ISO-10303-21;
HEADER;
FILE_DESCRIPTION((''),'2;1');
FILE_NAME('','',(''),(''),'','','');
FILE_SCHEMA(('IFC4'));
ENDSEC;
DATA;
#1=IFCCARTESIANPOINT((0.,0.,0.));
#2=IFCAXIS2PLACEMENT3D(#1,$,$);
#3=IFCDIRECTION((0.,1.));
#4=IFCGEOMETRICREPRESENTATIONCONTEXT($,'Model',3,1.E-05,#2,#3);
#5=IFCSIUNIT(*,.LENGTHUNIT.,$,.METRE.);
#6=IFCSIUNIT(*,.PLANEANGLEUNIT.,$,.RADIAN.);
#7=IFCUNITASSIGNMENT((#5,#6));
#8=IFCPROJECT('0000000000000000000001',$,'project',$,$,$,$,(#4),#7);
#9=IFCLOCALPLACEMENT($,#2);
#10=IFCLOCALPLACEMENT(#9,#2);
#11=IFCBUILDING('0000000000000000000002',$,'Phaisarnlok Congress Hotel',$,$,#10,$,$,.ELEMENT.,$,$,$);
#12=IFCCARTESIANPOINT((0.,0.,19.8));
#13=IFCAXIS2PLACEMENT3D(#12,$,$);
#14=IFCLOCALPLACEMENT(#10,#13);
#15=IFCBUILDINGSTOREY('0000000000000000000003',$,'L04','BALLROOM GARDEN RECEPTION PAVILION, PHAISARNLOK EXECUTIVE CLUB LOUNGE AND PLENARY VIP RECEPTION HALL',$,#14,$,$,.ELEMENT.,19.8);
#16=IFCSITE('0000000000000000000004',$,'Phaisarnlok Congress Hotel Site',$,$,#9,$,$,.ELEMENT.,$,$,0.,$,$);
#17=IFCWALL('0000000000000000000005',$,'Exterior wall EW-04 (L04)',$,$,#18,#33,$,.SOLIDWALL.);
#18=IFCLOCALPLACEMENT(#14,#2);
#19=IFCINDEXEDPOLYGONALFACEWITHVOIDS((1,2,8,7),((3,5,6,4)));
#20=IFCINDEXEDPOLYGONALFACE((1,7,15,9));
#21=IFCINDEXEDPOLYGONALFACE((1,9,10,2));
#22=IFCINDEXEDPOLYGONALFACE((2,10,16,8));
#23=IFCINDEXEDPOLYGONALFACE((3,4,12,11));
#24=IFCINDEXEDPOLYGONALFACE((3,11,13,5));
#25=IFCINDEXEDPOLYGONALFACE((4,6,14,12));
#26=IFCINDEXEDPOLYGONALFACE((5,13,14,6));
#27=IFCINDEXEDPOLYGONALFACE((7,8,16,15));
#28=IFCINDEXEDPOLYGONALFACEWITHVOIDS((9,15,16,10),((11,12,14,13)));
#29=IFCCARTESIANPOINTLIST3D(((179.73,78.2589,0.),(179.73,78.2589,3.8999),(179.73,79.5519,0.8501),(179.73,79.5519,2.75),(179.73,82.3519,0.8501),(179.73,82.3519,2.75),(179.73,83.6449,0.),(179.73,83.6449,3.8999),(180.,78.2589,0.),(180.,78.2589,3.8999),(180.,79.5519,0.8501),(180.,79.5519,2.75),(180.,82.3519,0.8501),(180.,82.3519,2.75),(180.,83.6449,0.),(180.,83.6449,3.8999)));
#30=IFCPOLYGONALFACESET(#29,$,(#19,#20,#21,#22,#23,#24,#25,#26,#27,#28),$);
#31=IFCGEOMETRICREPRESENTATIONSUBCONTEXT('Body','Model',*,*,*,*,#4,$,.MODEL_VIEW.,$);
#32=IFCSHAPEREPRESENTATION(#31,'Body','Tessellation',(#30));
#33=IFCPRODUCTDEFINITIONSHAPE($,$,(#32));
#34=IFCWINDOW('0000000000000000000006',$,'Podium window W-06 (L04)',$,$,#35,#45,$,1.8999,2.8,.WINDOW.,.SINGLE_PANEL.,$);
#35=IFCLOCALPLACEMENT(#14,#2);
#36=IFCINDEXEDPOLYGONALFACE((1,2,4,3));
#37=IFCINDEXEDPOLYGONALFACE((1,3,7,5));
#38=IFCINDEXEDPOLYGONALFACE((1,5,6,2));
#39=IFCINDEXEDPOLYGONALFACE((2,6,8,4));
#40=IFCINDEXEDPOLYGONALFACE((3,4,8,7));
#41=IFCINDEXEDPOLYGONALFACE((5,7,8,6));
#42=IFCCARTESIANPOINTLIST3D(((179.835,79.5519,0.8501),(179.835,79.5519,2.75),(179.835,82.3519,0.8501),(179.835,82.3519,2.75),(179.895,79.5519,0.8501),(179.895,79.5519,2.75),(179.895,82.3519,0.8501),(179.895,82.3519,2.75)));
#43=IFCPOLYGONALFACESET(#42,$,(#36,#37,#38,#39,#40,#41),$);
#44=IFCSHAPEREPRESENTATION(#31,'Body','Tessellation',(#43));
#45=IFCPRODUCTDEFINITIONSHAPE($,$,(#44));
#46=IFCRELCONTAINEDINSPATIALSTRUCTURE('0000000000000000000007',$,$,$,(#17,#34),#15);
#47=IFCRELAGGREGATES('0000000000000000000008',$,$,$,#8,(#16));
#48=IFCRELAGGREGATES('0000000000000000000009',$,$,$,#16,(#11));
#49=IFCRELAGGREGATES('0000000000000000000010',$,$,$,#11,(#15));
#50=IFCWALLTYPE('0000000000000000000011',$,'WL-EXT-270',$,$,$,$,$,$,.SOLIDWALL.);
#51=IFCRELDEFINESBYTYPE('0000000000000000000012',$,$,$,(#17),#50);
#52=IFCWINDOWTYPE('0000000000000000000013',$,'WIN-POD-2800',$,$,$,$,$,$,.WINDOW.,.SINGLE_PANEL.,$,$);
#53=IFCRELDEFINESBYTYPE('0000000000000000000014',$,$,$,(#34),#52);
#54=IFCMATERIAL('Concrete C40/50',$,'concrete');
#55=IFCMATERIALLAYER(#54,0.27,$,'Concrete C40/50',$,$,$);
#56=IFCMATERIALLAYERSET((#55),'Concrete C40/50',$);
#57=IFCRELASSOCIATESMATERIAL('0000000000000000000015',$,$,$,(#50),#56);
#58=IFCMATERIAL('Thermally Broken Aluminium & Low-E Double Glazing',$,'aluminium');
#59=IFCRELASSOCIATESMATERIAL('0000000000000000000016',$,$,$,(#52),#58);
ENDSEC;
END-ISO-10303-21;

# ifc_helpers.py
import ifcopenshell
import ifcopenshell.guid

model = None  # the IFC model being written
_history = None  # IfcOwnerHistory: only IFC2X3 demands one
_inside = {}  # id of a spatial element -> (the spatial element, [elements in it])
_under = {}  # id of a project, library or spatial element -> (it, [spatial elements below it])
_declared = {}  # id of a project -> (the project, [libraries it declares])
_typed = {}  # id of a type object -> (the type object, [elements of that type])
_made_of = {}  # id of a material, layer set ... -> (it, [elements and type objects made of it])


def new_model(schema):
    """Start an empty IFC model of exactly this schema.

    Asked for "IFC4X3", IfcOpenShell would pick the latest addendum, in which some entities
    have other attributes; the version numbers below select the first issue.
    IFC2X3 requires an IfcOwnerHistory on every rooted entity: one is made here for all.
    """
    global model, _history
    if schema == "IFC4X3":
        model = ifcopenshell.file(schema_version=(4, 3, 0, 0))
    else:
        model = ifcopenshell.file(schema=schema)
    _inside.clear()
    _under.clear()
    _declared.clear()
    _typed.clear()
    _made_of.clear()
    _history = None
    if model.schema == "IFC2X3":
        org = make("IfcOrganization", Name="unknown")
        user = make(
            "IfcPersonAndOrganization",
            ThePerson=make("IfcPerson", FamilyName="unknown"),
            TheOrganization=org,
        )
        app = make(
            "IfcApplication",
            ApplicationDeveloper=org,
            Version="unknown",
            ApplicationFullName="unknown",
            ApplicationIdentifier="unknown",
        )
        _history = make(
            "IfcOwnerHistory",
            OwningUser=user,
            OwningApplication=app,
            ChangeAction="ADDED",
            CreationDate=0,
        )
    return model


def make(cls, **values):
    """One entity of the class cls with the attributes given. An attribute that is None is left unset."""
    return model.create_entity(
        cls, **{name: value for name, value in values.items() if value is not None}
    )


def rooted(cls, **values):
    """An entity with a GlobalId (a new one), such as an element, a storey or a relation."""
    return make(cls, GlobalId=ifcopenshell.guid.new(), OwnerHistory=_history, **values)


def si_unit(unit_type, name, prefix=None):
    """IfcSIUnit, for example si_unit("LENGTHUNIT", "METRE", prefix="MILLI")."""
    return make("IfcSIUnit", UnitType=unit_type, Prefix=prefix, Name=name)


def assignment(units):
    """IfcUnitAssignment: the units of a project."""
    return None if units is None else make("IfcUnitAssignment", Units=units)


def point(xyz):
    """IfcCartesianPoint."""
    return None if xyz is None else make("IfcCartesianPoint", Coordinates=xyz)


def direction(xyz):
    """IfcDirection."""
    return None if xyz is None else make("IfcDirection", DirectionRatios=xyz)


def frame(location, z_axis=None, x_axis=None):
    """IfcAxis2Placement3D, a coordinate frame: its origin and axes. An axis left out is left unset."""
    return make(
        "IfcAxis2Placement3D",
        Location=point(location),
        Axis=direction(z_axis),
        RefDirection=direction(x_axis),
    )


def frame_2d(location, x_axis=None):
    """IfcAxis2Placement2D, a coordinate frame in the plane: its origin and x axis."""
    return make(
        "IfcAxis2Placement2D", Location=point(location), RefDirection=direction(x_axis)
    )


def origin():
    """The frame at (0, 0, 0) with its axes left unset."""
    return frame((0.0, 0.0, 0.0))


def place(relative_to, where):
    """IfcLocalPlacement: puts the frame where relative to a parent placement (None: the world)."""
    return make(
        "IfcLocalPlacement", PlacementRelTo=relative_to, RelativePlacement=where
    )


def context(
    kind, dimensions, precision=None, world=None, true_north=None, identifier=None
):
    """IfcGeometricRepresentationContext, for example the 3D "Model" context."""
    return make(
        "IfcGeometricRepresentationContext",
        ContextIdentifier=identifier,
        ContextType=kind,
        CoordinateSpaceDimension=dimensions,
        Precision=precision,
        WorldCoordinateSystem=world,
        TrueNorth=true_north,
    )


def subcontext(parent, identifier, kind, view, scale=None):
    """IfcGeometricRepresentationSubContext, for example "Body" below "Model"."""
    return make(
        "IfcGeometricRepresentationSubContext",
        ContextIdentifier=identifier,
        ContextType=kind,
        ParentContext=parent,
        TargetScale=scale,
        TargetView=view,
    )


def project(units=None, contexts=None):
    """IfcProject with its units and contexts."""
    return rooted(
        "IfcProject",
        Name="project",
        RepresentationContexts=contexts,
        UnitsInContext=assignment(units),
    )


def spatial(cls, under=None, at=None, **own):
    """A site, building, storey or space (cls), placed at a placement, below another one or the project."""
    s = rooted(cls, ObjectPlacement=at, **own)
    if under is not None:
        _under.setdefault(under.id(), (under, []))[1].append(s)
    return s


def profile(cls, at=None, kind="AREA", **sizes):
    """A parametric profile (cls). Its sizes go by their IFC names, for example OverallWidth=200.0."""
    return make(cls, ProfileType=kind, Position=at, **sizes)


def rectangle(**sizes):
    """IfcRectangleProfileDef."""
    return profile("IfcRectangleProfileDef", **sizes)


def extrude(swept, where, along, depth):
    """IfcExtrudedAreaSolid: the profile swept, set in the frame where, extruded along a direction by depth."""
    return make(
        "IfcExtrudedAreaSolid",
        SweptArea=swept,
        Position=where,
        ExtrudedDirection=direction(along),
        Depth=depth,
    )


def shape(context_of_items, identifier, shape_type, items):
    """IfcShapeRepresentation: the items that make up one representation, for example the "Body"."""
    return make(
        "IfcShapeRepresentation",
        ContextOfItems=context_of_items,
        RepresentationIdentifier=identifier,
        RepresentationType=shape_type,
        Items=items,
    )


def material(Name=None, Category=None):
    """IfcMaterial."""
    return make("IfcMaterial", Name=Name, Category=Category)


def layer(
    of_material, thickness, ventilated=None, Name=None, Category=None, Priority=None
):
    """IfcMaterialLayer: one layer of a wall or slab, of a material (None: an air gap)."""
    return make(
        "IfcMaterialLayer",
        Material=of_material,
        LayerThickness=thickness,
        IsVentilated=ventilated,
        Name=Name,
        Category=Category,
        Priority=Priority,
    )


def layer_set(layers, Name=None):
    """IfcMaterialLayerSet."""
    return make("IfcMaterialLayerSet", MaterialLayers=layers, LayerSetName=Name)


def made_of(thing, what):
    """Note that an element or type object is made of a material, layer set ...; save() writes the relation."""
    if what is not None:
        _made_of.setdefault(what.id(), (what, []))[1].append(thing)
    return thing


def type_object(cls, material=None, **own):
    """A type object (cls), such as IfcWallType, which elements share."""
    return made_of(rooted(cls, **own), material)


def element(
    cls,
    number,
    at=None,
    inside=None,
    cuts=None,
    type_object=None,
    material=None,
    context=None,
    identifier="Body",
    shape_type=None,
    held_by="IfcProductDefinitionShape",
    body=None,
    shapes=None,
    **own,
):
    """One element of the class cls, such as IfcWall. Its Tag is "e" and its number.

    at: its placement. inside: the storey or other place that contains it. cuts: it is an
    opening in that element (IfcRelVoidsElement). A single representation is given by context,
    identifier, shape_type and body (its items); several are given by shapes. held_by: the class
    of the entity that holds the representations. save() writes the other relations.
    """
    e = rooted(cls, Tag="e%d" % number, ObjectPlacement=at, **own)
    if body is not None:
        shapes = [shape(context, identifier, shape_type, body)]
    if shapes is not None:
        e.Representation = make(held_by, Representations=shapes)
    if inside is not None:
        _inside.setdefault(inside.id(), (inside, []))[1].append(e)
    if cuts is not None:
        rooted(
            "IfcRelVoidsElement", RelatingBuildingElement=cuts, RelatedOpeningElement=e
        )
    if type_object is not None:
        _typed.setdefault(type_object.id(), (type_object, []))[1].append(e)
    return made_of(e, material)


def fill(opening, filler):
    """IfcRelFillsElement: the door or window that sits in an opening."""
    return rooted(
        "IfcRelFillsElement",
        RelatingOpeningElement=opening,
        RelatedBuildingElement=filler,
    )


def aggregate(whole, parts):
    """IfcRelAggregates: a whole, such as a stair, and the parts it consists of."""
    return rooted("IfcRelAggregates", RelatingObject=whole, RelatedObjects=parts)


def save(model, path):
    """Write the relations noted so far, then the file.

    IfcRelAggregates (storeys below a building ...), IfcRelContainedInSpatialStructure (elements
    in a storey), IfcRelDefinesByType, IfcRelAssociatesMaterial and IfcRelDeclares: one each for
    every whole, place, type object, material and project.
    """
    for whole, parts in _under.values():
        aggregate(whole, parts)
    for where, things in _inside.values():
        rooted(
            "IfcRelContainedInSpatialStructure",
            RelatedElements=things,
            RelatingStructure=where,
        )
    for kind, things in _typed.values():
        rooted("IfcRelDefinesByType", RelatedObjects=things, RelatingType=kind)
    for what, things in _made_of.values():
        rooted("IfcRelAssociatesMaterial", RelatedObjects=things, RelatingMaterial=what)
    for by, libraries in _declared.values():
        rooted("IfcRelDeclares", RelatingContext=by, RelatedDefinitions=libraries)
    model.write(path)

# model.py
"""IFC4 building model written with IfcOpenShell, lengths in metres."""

from ifc_helpers import new_model, si_unit, direction, frame, frame_2d, origin, place, context, subcontext, project, spatial, rectangle, extrude, material, layer, layer_set, type_object, element, fill, save


model = new_model("IFC4")

# Units and contexts
model_context = context("Model", 3, precision=1e-05, world=origin(), true_north=direction((0.0, 1.0)))
body_context = subcontext(model_context, "Body", "Model", "MODEL_VIEW")
ifc_project = project(units=[si_unit("LENGTHUNIT", "METRE"), si_unit("PLANEANGLEUNIT", "RADIAN")], contexts=[model_context])

# Site, building, storey
site_placement = place(None, origin())
site = spatial("IfcSite", under=ifc_project, at=site_placement, Name="Phaisarnlok Congress Hotel Site", CompositionType="ELEMENT", RefElevation=0.0)
building_placement = place(site_placement, origin())
building = spatial("IfcBuilding", under=site, at=building_placement, Name="Phaisarnlok Congress Hotel", CompositionType="ELEMENT")
storey_placement = place(building_placement, frame((0.0, 0.0, 19.8)))
storey = spatial("IfcBuildingStorey", under=building, at=storey_placement, Name="L04", Description="BALLROOM GARDEN RECEPTION PAVILION, PHAISARNLOK EXECUTIVE CLUB LOUNGE AND PLENARY VIP RECEPTION HALL", CompositionType="ELEMENT", Elevation=19.8)

# Shared definitions
ifc_material_1 = material(Name="Concrete C40/50", Category="concrete")

# Wall, opening, window
ifc_layer_1 = layer(ifc_material_1, 0.27, Name="Concrete C40/50")
ifc_layer_set_1 = layer_set([ifc_layer_1], Name="Concrete C40/50")
wall_type = type_object("IfcWallType", Name="WL-EXT-270", PredefinedType="SOLIDWALL", material=ifc_layer_set_1)
wall_placement = place(storey_placement, frame((179.865, 78.259, 0.0), z_axis=(0.0, 0.0, 1.0), x_axis=(0.0, 1.0, 0.0)))
wall = element("IfcWall", 1, at=wall_placement, inside=storey, type_object=wall_type, Name="Exterior wall EW-04 (L04)", PredefinedType="SOLIDWALL", context=body_context, shape_type="SweptSolid", body=[
    extrude(rectangle(XDim=5.386, YDim=0.27, at=frame_2d((2.6929, 0.0))), origin(), (0.0, 0.0, 1.0), 3.8999),
])
opening_placement = place(wall_placement, frame((1.293, 0.0, 0.8501)))
opening = element("IfcOpeningElement", 2, at=opening_placement, cuts=wall, PredefinedType="OPENING", context=body_context, shape_type="SweptSolid", body=[
    extrude(rectangle(XDim=2.8, YDim=1.8999, at=frame_2d((1.3999, 0.95))), frame((0.0, 0.145, 0.0), z_axis=(0.0, -1.0, 0.0), x_axis=(1.0, 0.0, 0.0)), (0.0, 0.0, 1.0), 0.29),
])
ifc_material_2 = material(Name="Thermally Broken Aluminium & Low-E Double Glazing", Category="aluminium")
window_type = type_object("IfcWindowType", Name="WIN-POD-2800", PartitioningType="SINGLE_PANEL", PredefinedType="WINDOW", material=ifc_material_2)
window_placement = place(opening_placement, origin())
window = element("IfcWindow", 3, at=window_placement, inside=storey, type_object=window_type, Name="Podium window W-06 (L04)", OverallHeight=1.8999, OverallWidth=2.8, PartitioningType="SINGLE_PANEL", PredefinedType="WINDOW", context=body_context, shape_type="SweptSolid", body=[
    extrude(rectangle(XDim=2.8, YDim=1.8999, at=frame_2d((1.3999, 0.95))), frame((0.0, 0.03, 0.0), z_axis=(0.0, -1.0, 0.0), x_axis=(1.0, 0.0, 0.0)), (0.0, 0.0, 1.0), 0.0601),
])
fill(opening, window)

save(model, "model.ifc")
